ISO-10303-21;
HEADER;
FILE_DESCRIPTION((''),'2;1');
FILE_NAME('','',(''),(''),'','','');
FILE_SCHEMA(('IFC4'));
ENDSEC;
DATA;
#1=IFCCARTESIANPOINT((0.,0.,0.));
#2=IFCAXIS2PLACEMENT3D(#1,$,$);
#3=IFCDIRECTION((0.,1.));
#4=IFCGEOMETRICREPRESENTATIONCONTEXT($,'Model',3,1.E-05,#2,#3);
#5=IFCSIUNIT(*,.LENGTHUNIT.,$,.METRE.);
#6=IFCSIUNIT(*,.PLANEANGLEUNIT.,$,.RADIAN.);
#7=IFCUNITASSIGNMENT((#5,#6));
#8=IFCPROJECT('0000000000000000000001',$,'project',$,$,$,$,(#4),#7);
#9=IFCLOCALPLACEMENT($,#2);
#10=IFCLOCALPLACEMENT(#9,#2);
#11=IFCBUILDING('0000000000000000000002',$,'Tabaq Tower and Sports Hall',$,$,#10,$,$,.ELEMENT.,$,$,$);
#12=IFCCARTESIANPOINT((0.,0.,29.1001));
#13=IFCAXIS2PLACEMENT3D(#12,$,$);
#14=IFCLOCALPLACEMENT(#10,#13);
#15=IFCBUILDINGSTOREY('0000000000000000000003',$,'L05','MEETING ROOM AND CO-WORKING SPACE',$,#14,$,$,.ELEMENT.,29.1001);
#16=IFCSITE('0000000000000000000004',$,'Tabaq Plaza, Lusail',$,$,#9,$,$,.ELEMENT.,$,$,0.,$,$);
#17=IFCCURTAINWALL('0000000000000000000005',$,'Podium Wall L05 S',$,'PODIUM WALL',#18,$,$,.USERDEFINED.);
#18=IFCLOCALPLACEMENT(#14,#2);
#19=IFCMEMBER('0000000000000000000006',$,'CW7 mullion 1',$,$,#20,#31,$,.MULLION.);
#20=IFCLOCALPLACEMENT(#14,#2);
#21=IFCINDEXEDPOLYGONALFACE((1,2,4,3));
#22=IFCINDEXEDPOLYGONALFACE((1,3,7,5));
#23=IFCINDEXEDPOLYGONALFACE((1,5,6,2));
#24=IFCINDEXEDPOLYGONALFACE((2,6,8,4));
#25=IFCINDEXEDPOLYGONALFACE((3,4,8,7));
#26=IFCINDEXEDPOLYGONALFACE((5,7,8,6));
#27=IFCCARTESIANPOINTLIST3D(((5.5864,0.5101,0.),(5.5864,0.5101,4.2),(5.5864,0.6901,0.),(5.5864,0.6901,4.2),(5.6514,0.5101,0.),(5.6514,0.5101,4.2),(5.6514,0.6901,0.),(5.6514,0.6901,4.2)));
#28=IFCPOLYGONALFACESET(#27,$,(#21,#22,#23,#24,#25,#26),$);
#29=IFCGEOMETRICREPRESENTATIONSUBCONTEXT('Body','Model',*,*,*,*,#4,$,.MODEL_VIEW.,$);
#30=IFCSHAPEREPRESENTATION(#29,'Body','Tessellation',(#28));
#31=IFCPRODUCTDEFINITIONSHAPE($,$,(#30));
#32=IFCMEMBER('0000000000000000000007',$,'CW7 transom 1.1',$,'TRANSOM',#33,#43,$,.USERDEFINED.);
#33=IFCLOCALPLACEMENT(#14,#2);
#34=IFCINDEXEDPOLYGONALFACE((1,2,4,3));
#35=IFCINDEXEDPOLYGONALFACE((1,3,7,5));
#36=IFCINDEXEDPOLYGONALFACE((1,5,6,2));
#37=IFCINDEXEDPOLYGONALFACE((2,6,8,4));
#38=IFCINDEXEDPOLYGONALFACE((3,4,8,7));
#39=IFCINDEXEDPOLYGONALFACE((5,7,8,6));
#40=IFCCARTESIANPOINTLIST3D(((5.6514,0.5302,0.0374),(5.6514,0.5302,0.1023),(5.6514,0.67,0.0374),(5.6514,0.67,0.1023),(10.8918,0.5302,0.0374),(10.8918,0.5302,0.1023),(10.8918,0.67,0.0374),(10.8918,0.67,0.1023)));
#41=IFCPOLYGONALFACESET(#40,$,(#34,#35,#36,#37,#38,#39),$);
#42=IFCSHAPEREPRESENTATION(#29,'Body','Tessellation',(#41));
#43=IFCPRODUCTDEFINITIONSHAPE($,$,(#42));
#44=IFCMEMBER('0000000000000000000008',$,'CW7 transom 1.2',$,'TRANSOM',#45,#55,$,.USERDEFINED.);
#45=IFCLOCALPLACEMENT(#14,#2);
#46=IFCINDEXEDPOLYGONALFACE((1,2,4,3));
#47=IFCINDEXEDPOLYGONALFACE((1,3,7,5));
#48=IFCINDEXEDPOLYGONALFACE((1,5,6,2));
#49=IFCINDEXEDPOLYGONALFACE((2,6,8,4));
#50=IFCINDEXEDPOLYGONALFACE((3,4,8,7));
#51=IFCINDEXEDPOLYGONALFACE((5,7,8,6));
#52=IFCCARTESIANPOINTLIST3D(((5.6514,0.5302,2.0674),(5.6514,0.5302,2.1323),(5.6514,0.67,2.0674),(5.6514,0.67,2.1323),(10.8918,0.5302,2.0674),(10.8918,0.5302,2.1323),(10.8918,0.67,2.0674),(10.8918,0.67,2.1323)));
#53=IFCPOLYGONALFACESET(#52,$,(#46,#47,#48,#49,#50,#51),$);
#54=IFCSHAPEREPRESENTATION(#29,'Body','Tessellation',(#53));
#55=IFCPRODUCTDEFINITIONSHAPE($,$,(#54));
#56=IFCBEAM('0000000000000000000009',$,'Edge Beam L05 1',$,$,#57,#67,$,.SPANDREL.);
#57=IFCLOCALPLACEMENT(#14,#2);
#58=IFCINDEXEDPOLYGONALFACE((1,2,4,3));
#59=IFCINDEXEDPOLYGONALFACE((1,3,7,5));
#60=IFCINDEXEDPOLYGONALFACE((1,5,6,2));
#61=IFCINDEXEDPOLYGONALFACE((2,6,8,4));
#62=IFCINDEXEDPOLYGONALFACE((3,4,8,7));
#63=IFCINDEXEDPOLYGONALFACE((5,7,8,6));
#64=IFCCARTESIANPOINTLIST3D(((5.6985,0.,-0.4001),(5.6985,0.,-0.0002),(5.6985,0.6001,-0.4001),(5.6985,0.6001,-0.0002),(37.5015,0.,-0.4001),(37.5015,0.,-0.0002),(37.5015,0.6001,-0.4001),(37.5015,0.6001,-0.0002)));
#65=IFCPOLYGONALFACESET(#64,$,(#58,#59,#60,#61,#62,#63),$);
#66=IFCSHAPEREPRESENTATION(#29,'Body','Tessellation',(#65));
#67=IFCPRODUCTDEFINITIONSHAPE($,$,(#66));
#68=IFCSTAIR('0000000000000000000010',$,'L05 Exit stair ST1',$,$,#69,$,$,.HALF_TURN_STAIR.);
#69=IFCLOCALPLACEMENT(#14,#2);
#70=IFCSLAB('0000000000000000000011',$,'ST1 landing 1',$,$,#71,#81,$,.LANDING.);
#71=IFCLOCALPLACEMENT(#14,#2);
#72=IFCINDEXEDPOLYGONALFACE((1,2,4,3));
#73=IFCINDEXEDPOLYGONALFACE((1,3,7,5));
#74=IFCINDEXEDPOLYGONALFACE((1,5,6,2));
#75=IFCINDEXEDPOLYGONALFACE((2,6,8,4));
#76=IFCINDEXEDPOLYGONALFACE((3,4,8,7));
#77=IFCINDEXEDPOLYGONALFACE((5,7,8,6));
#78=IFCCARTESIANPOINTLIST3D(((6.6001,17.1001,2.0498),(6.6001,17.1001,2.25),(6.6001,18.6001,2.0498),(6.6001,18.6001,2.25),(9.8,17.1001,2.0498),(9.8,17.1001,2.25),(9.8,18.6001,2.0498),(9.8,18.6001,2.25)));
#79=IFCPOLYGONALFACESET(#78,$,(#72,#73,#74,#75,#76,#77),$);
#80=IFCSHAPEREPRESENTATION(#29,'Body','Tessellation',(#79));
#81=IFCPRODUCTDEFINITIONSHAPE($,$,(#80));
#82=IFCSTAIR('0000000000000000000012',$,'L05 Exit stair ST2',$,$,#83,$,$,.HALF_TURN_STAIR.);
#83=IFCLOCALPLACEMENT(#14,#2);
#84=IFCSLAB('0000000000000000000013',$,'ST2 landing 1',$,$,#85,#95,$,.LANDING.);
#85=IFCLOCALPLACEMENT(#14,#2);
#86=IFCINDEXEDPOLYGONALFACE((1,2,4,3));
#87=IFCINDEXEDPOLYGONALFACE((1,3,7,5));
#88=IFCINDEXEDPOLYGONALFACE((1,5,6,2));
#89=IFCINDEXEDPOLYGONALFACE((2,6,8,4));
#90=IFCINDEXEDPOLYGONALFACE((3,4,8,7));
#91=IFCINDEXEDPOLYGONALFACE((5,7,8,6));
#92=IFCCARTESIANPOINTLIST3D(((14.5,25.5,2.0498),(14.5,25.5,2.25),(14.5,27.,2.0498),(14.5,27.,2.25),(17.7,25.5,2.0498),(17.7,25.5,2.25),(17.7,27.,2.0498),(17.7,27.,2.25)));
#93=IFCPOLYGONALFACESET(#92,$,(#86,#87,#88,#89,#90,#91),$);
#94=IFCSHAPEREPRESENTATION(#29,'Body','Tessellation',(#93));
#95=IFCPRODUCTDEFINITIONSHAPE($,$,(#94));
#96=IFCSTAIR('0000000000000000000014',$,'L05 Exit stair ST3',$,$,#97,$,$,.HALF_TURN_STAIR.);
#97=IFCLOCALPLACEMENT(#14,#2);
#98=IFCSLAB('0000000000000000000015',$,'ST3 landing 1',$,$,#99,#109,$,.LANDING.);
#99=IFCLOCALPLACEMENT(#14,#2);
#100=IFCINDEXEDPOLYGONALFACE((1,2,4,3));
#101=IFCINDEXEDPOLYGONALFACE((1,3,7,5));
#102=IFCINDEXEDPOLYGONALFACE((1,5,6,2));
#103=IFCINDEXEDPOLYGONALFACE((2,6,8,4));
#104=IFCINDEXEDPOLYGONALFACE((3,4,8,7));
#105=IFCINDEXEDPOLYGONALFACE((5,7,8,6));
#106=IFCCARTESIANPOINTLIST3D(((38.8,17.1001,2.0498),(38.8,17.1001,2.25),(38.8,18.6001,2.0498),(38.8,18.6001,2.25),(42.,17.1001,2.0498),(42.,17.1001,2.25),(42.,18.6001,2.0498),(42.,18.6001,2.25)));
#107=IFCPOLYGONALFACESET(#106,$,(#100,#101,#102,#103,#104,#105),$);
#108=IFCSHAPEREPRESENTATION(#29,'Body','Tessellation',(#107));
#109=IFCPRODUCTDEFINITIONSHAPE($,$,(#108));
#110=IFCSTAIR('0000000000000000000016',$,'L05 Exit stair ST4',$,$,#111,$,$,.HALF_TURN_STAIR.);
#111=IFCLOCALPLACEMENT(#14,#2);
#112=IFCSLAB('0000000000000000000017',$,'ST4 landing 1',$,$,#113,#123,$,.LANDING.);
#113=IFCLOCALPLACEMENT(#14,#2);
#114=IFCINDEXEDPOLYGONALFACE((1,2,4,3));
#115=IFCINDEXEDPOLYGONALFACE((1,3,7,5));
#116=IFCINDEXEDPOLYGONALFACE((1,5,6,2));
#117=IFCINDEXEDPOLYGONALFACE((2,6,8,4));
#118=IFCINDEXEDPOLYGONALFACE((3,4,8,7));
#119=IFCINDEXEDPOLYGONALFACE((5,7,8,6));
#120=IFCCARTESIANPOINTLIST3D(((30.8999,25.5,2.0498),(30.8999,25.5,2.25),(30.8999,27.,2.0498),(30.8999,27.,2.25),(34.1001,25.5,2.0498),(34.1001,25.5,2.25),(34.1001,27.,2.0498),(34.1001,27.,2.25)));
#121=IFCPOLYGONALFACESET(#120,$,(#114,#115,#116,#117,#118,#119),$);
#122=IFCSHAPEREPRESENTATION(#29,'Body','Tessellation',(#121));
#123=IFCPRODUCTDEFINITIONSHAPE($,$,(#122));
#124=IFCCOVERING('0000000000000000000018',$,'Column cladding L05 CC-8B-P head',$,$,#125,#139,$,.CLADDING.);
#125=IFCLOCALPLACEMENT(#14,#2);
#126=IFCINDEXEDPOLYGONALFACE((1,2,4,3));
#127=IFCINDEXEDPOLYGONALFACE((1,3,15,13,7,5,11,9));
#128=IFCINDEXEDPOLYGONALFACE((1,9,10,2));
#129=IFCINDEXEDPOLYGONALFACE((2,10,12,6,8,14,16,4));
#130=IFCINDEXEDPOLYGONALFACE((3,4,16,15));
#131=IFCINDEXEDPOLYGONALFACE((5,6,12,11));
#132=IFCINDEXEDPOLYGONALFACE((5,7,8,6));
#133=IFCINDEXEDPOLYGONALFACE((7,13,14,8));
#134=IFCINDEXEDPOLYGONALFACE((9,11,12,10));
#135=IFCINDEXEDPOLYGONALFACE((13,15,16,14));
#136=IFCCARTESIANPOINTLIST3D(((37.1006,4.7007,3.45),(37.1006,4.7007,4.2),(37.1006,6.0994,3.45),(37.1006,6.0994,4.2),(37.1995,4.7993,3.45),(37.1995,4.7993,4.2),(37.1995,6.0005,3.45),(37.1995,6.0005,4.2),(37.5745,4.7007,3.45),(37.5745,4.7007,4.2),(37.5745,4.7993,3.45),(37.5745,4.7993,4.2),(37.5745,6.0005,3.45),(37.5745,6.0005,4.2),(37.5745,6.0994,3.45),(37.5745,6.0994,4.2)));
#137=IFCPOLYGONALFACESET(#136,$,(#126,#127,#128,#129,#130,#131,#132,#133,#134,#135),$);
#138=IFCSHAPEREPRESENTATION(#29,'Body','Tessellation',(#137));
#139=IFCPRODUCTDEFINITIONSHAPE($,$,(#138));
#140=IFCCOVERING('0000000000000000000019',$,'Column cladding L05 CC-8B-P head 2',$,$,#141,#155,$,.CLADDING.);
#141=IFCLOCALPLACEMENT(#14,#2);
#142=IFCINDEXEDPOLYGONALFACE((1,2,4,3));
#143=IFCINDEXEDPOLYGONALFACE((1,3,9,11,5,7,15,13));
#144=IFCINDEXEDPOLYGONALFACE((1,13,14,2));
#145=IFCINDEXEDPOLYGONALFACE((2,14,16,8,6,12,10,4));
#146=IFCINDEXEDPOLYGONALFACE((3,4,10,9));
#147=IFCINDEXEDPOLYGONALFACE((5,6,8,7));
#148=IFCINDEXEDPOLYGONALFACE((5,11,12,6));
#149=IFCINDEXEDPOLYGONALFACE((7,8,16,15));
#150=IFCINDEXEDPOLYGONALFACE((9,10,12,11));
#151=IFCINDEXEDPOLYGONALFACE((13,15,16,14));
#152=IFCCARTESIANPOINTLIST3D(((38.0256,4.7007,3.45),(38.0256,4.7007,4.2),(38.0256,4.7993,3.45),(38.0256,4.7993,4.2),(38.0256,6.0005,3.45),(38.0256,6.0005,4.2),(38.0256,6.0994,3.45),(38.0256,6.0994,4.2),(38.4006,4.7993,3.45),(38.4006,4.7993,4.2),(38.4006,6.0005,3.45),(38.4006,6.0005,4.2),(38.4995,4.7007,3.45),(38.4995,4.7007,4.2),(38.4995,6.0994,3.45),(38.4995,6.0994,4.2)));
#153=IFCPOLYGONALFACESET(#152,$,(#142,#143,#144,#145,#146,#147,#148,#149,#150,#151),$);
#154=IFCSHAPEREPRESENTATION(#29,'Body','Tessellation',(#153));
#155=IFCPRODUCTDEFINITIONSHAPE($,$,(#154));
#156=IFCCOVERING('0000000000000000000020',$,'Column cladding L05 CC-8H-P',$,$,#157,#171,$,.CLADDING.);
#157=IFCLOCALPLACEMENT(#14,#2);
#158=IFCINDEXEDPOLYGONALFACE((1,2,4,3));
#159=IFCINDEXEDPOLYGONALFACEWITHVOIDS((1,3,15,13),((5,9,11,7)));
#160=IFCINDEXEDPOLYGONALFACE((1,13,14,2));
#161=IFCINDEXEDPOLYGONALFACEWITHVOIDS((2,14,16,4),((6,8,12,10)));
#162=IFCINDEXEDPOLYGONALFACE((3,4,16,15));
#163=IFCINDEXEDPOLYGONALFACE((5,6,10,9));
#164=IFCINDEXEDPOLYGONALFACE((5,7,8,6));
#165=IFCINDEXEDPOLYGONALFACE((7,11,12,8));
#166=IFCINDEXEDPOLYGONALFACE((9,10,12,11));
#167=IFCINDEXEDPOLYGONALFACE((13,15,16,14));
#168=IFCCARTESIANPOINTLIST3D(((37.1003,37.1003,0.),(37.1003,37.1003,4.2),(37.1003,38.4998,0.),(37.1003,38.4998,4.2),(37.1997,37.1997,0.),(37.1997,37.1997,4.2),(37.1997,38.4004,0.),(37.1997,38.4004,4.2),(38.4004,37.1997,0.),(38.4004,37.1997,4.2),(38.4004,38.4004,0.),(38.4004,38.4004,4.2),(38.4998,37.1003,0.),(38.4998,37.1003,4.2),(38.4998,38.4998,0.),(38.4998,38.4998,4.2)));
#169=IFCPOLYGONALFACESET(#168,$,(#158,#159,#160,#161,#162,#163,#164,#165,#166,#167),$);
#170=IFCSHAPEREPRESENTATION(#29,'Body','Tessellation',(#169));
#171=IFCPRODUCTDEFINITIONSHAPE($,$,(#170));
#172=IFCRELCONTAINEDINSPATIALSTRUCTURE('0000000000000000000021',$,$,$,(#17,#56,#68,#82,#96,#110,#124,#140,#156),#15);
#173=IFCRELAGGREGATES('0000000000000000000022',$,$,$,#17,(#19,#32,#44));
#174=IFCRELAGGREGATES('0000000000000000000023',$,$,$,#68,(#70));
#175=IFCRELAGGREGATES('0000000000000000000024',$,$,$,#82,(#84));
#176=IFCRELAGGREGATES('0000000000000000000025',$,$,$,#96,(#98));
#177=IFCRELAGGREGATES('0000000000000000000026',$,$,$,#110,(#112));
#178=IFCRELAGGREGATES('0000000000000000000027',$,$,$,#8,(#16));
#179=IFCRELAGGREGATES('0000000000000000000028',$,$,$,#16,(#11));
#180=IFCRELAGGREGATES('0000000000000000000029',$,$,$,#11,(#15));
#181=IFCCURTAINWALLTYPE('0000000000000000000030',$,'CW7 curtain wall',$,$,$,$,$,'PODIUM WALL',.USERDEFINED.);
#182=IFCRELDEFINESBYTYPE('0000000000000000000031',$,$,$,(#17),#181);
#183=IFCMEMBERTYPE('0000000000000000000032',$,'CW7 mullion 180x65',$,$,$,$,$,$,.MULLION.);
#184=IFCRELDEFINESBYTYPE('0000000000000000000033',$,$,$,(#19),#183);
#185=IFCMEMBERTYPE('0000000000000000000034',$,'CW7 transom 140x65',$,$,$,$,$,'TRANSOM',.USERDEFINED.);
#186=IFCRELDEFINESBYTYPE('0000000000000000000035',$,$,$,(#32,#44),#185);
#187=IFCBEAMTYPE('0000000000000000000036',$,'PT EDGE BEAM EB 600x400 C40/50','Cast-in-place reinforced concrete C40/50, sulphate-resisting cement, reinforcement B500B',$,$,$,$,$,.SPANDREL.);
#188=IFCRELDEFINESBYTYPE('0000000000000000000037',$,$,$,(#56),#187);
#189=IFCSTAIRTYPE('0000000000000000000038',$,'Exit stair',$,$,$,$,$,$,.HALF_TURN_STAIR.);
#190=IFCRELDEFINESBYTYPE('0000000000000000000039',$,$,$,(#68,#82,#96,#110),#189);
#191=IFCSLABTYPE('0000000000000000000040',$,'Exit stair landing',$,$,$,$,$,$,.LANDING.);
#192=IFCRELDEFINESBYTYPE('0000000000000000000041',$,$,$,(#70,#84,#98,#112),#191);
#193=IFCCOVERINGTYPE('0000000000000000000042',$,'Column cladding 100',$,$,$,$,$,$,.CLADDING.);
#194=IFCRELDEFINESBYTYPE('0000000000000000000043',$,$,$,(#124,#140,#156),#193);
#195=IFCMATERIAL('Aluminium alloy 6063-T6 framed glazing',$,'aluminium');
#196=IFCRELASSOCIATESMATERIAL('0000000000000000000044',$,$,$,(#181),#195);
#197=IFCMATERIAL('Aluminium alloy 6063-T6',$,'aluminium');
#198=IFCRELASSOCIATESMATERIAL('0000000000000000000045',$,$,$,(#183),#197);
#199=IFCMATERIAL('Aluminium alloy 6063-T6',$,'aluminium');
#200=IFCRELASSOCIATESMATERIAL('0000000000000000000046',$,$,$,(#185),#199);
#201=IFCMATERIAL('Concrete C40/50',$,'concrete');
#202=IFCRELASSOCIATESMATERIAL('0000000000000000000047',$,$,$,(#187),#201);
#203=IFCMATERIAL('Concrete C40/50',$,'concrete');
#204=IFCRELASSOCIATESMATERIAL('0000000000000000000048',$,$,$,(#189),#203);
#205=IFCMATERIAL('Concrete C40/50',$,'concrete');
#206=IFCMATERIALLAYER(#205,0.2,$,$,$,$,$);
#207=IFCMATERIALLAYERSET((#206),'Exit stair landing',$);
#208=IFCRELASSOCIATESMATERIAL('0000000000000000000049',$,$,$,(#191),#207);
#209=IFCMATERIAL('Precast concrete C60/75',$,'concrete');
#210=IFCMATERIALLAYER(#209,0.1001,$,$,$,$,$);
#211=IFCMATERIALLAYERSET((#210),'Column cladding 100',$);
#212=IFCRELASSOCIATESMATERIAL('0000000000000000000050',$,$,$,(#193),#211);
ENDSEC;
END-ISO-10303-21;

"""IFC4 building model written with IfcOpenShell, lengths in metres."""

from ifc_helpers import new_model, si_unit, direction, frame, origin, origin_2d, place, context, subcontext, project, spatial, polyline, rectangle, outline, extrude, material, layer, layer_set, material_profile, profile_set, type_object, element, aggregate, save


model = new_model("IFC4")

# Units and contexts
model_context = context("Model", 3, precision=1e-05, world=origin(), true_north=direction((0.0, 1.0)))
body_context = subcontext(model_context, "Body", "Model", "MODEL_VIEW")
ifc_project = project(units=[si_unit("LENGTHUNIT", "METRE"), si_unit("PLANEANGLEUNIT", "RADIAN")], contexts=[model_context])

# Site, building, storey
site_placement = place(None, origin())
site = spatial("IfcSite", under=ifc_project, at=site_placement, Name="Tabaq Plaza, Lusail", CompositionType="ELEMENT", RefElevation=0.0)
building_placement = place(site_placement, origin())
building = spatial("IfcBuilding", under=site, at=building_placement, Name="Tabaq Tower and Sports Hall", CompositionType="ELEMENT")
storey_placement = place(building_placement, frame((0.0, 0.0, 29.1001)))
storey = spatial("IfcBuildingStorey", under=building, at=storey_placement, Name="L05", Description="MEETING ROOM AND CO-WORKING SPACE", CompositionType="ELEMENT", Elevation=29.1001)

# Curtain wall, members
ifc_material_1 = material(Name="Aluminium alloy 6063-T6 framed glazing", Category="aluminium")
curtain_wall_type = type_object("IfcCurtainWallType", Name="CW7 curtain wall", ElementType="PODIUM WALL", PredefinedType="USERDEFINED", material=ifc_material_1)
curtain_wall_placement = place(storey_placement, origin())
curtain_wall = element("IfcCurtainWall", 1, at=curtain_wall_placement, inside=storey, type_object=curtain_wall_type, Name="Podium Wall L05 S", ObjectType="PODIUM WALL", PredefinedType="USERDEFINED")
ifc_material_2 = material(Name="Aluminium alloy 6063-T6", Category="aluminium")
ifc_material_profile_1 = material_profile(ifc_material_2, rectangle(XDim=0.1799, YDim=0.0649, at=origin_2d()), Name="MULLION 180x65")
ifc_profile_set_1 = profile_set([ifc_material_profile_1], Name="Aluminium alloy 6063-T6")
member_type_1 = type_object("IfcMemberType", Name="CW7 mullion 180x65", PredefinedType="MULLION", material=ifc_profile_set_1)
member_1_placement = place(storey_placement, frame((5.6189, 0.6001, 0.0), z_axis=(0.0, 0.0, 1.0), x_axis=(0.0, 1.0, 0.0)))
member_1 = element("IfcMember", 2, at=member_1_placement, type_object=member_type_1, Name="CW7 mullion 1", PredefinedType="MULLION", context=body_context, shape_type="SweptSolid", body=[
    extrude(rectangle(XDim=0.1799, YDim=0.0649, at=origin_2d()), origin(), (0.0, 0.0, 1.0), 4.2),
])
ifc_material_3 = material(Name="Aluminium alloy 6063-T6", Category="aluminium")
ifc_material_profile_2 = material_profile(ifc_material_3, rectangle(XDim=0.1399, YDim=0.0649, at=origin_2d()), Name="TRANSOM 140x65")
ifc_profile_set_2 = profile_set([ifc_material_profile_2], Name="Aluminium alloy 6063-T6")
member_type_2 = type_object("IfcMemberType", Name="CW7 transom 140x65", ElementType="TRANSOM", PredefinedType="USERDEFINED", material=ifc_profile_set_2)
member_2_placement = place(storey_placement, frame((5.6514, 0.6001, 0.0698), z_axis=(1.0, 0.0, 0.0), x_axis=(0.0, 1.0, 0.0)))
member_2 = element("IfcMember", 3, at=member_2_placement, type_object=member_type_2, Name="CW7 transom 1.1", ObjectType="TRANSOM", PredefinedType="USERDEFINED", context=body_context, shape_type="SweptSolid", body=[
    extrude(rectangle(XDim=0.1399, YDim=0.0649, at=origin_2d()), origin(), (0.0, 0.0, 1.0), 5.2405),
])
member_3_placement = place(storey_placement, frame((5.6514, 0.6001, 2.0999), z_axis=(1.0, 0.0, 0.0), x_axis=(0.0, 1.0, 0.0)))
member_3 = element("IfcMember", 4, at=member_3_placement, type_object=member_type_2, Name="CW7 transom 1.2", ObjectType="TRANSOM", PredefinedType="USERDEFINED", context=body_context, shape_type="SweptSolid", body=[
    extrude(rectangle(XDim=0.1399, YDim=0.0649, at=origin_2d()), origin(), (0.0, 0.0, 1.0), 5.2405),
])
aggregate(curtain_wall, [member_1, member_2, member_3])

# Beam
ifc_material_4 = material(Name="Concrete C40/50", Category="concrete")
ifc_material_profile_3 = material_profile(ifc_material_4, rectangle(XDim=0.6001, YDim=0.3999, at=origin_2d()), Name="EB 600x400")
ifc_profile_set_3 = profile_set([ifc_material_profile_3], Name="Concrete C40/50")
beam_type = type_object("IfcBeamType", Name="PT EDGE BEAM EB 600x400 C40/50", Description="Cast-in-place reinforced concrete C40/50, sulphate-resisting cement, reinforcement B500B", PredefinedType="SPANDREL", material=ifc_profile_set_3)
beam_placement = place(storey_placement, frame((5.6985, 0.3, -0.2002), z_axis=(1.0, 0.0, 0.0), x_axis=(0.0, 1.0, 0.0)))
element("IfcBeam", 5, at=beam_placement, inside=storey, type_object=beam_type, Name="Edge Beam L05 1", PredefinedType="SPANDREL", context=body_context, shape_type="SweptSolid", body=[
    extrude(rectangle(XDim=0.6001, YDim=0.3999, at=origin_2d()), origin(), (0.0, 0.0, 1.0), 31.803),
])

# Stairs, slabs
ifc_material_5 = material(Name="Concrete C40/50", Category="concrete")
stair_type = type_object("IfcStairType", Name="Exit stair", PredefinedType="HALF_TURN_STAIR", material=ifc_material_5)
stair_1_placement = place(storey_placement, origin())
stair_1 = element("IfcStair", 6, at=stair_1_placement, inside=storey, type_object=stair_type, Name="L05 Exit stair ST1", PredefinedType="HALF_TURN_STAIR")
ifc_material_6 = material(Name="Concrete C40/50", Category="concrete")
ifc_layer_1 = layer(ifc_material_6, 0.2)
ifc_layer_set_1 = layer_set([ifc_layer_1], Name="Exit stair landing")
slab_type = type_object("IfcSlabType", Name="Exit stair landing", PredefinedType="LANDING", material=ifc_layer_set_1)
slab_1_placement = place(storey_placement, frame((0.0, 0.0, 2.0498)))
slab_1 = element("IfcSlab", 7, at=slab_1_placement, type_object=slab_type, Name="ST1 landing 1", PredefinedType="LANDING", context=body_context, shape_type="SweptSolid", body=[
    extrude(outline(polyline([(6.6001, 18.6001), (6.6001, 17.1001), (9.8, 17.1001), (9.8, 18.6001), (6.6001, 18.6001)])), origin(), (0.0, 0.0, 1.0), 0.2002),
])
aggregate(stair_1, [slab_1])
stair_2_placement = place(storey_placement, origin())
stair_2 = element("IfcStair", 8, at=stair_2_placement, inside=storey, type_object=stair_type, Name="L05 Exit stair ST2", PredefinedType="HALF_TURN_STAIR")
slab_2_placement = place(storey_placement, frame((0.0, 0.0, 2.0498)))
slab_2 = element("IfcSlab", 9, at=slab_2_placement, type_object=slab_type, Name="ST2 landing 1", PredefinedType="LANDING", context=body_context, shape_type="SweptSolid", body=[
    extrude(outline(polyline([(14.5, 27.0), (14.5, 25.5), (17.7, 25.5), (17.7, 27.0), (14.5, 27.0)])), origin(), (0.0, 0.0, 1.0), 0.2002),
])
aggregate(stair_2, [slab_2])
stair_3_placement = place(storey_placement, origin())
stair_3 = element("IfcStair", 10, at=stair_3_placement, inside=storey, type_object=stair_type, Name="L05 Exit stair ST3", PredefinedType="HALF_TURN_STAIR")
slab_3_placement = place(storey_placement, frame((0.0, 0.0, 2.0498)))
slab_3 = element("IfcSlab", 11, at=slab_3_placement, type_object=slab_type, Name="ST3 landing 1", PredefinedType="LANDING", context=body_context, shape_type="SweptSolid", body=[
    extrude(outline(polyline([(38.8, 18.6001), (38.8, 17.1001), (42.0, 17.1001), (42.0, 18.6001), (38.8, 18.6001)])), origin(), (0.0, 0.0, 1.0), 0.2002),
])
aggregate(stair_3, [slab_3])
stair_4_placement = place(storey_placement, origin())
stair_4 = element("IfcStair", 12, at=stair_4_placement, inside=storey, type_object=stair_type, Name="L05 Exit stair ST4", PredefinedType="HALF_TURN_STAIR")
slab_4_placement = place(storey_placement, frame((0.0, 0.0, 2.0498)))
slab_4 = element("IfcSlab", 13, at=slab_4_placement, type_object=slab_type, Name="ST4 landing 1", PredefinedType="LANDING", context=body_context, shape_type="SweptSolid", body=[
    extrude(outline(polyline([(30.8999, 27.0), (30.8999, 25.5), (34.1001, 25.5), (34.1001, 27.0), (30.8999, 27.0)])), origin(), (0.0, 0.0, 1.0), 0.2002),
])
aggregate(stair_4, [slab_4])

# Coverings
ifc_material_7 = material(Name="Precast concrete C60/75", Category="concrete")
ifc_layer_2 = layer(ifc_material_7, 0.1001)
ifc_layer_set_2 = layer_set([ifc_layer_2], Name="Column cladding 100")
covering_type_1 = type_object("IfcCoveringType", Name="Column cladding 100", PredefinedType="CLADDING", material=ifc_layer_set_2)
covering_1_placement = place(storey_placement, frame((0.0, 0.0, 3.45)))
element("IfcCovering", 14, at=covering_1_placement, inside=storey, type_object=covering_type_1, Name="Column cladding L05 CC-8B-P head", PredefinedType="CLADDING", context=body_context, shape_type="SweptSolid", body=[
    extrude(outline(polyline([(37.5745, 4.7993), (37.5745, 4.7007), (37.1006, 4.7007), (37.1006, 6.0994), (37.5745, 6.0994), (37.5745, 6.0005), (37.1995, 6.0005), (37.1995, 4.7993), (37.5745, 4.7993)])), origin(), (0.0, 0.0, 1.0), 0.75),
])
covering_2_placement = place(storey_placement, frame((0.0, 0.0, 3.45)))
element("IfcCovering", 15, at=covering_2_placement, inside=storey, type_object=covering_type_1, Name="Column cladding L05 CC-8B-P head 2", PredefinedType="CLADDING", context=body_context, shape_type="SweptSolid", body=[
    extrude(outline(polyline([(38.0256, 4.7993), (38.4006, 4.7993), (38.4006, 6.0005), (38.0256, 6.0005), (38.0256, 6.0994), (38.4995, 6.0994), (38.4995, 4.7007), (38.0256, 4.7007), (38.0256, 4.7993)])), origin(), (0.0, 0.0, 1.0), 0.75),
])
covering_3_placement = place(storey_placement, origin())
element("IfcCovering", 16, at=covering_3_placement, inside=storey, type_object=covering_type_1, Name="Column cladding L05 CC-8H-P", PredefinedType="CLADDING", context=body_context, shape_type="SweptSolid", body=[
    extrude(outline(polyline([(37.1003, 38.4998), (38.4998, 38.4998), (38.4998, 37.1003), (37.1003, 37.1003), (37.1003, 38.4998)]), holes=[polyline([(38.4004, 37.1997), (38.4004, 38.4004), (37.1997, 38.4004), (37.1997, 37.1997), (38.4004, 37.1997)])]), origin(), (0.0, 0.0, 1.0), 4.2),
])

save(model, "model.ifc")
